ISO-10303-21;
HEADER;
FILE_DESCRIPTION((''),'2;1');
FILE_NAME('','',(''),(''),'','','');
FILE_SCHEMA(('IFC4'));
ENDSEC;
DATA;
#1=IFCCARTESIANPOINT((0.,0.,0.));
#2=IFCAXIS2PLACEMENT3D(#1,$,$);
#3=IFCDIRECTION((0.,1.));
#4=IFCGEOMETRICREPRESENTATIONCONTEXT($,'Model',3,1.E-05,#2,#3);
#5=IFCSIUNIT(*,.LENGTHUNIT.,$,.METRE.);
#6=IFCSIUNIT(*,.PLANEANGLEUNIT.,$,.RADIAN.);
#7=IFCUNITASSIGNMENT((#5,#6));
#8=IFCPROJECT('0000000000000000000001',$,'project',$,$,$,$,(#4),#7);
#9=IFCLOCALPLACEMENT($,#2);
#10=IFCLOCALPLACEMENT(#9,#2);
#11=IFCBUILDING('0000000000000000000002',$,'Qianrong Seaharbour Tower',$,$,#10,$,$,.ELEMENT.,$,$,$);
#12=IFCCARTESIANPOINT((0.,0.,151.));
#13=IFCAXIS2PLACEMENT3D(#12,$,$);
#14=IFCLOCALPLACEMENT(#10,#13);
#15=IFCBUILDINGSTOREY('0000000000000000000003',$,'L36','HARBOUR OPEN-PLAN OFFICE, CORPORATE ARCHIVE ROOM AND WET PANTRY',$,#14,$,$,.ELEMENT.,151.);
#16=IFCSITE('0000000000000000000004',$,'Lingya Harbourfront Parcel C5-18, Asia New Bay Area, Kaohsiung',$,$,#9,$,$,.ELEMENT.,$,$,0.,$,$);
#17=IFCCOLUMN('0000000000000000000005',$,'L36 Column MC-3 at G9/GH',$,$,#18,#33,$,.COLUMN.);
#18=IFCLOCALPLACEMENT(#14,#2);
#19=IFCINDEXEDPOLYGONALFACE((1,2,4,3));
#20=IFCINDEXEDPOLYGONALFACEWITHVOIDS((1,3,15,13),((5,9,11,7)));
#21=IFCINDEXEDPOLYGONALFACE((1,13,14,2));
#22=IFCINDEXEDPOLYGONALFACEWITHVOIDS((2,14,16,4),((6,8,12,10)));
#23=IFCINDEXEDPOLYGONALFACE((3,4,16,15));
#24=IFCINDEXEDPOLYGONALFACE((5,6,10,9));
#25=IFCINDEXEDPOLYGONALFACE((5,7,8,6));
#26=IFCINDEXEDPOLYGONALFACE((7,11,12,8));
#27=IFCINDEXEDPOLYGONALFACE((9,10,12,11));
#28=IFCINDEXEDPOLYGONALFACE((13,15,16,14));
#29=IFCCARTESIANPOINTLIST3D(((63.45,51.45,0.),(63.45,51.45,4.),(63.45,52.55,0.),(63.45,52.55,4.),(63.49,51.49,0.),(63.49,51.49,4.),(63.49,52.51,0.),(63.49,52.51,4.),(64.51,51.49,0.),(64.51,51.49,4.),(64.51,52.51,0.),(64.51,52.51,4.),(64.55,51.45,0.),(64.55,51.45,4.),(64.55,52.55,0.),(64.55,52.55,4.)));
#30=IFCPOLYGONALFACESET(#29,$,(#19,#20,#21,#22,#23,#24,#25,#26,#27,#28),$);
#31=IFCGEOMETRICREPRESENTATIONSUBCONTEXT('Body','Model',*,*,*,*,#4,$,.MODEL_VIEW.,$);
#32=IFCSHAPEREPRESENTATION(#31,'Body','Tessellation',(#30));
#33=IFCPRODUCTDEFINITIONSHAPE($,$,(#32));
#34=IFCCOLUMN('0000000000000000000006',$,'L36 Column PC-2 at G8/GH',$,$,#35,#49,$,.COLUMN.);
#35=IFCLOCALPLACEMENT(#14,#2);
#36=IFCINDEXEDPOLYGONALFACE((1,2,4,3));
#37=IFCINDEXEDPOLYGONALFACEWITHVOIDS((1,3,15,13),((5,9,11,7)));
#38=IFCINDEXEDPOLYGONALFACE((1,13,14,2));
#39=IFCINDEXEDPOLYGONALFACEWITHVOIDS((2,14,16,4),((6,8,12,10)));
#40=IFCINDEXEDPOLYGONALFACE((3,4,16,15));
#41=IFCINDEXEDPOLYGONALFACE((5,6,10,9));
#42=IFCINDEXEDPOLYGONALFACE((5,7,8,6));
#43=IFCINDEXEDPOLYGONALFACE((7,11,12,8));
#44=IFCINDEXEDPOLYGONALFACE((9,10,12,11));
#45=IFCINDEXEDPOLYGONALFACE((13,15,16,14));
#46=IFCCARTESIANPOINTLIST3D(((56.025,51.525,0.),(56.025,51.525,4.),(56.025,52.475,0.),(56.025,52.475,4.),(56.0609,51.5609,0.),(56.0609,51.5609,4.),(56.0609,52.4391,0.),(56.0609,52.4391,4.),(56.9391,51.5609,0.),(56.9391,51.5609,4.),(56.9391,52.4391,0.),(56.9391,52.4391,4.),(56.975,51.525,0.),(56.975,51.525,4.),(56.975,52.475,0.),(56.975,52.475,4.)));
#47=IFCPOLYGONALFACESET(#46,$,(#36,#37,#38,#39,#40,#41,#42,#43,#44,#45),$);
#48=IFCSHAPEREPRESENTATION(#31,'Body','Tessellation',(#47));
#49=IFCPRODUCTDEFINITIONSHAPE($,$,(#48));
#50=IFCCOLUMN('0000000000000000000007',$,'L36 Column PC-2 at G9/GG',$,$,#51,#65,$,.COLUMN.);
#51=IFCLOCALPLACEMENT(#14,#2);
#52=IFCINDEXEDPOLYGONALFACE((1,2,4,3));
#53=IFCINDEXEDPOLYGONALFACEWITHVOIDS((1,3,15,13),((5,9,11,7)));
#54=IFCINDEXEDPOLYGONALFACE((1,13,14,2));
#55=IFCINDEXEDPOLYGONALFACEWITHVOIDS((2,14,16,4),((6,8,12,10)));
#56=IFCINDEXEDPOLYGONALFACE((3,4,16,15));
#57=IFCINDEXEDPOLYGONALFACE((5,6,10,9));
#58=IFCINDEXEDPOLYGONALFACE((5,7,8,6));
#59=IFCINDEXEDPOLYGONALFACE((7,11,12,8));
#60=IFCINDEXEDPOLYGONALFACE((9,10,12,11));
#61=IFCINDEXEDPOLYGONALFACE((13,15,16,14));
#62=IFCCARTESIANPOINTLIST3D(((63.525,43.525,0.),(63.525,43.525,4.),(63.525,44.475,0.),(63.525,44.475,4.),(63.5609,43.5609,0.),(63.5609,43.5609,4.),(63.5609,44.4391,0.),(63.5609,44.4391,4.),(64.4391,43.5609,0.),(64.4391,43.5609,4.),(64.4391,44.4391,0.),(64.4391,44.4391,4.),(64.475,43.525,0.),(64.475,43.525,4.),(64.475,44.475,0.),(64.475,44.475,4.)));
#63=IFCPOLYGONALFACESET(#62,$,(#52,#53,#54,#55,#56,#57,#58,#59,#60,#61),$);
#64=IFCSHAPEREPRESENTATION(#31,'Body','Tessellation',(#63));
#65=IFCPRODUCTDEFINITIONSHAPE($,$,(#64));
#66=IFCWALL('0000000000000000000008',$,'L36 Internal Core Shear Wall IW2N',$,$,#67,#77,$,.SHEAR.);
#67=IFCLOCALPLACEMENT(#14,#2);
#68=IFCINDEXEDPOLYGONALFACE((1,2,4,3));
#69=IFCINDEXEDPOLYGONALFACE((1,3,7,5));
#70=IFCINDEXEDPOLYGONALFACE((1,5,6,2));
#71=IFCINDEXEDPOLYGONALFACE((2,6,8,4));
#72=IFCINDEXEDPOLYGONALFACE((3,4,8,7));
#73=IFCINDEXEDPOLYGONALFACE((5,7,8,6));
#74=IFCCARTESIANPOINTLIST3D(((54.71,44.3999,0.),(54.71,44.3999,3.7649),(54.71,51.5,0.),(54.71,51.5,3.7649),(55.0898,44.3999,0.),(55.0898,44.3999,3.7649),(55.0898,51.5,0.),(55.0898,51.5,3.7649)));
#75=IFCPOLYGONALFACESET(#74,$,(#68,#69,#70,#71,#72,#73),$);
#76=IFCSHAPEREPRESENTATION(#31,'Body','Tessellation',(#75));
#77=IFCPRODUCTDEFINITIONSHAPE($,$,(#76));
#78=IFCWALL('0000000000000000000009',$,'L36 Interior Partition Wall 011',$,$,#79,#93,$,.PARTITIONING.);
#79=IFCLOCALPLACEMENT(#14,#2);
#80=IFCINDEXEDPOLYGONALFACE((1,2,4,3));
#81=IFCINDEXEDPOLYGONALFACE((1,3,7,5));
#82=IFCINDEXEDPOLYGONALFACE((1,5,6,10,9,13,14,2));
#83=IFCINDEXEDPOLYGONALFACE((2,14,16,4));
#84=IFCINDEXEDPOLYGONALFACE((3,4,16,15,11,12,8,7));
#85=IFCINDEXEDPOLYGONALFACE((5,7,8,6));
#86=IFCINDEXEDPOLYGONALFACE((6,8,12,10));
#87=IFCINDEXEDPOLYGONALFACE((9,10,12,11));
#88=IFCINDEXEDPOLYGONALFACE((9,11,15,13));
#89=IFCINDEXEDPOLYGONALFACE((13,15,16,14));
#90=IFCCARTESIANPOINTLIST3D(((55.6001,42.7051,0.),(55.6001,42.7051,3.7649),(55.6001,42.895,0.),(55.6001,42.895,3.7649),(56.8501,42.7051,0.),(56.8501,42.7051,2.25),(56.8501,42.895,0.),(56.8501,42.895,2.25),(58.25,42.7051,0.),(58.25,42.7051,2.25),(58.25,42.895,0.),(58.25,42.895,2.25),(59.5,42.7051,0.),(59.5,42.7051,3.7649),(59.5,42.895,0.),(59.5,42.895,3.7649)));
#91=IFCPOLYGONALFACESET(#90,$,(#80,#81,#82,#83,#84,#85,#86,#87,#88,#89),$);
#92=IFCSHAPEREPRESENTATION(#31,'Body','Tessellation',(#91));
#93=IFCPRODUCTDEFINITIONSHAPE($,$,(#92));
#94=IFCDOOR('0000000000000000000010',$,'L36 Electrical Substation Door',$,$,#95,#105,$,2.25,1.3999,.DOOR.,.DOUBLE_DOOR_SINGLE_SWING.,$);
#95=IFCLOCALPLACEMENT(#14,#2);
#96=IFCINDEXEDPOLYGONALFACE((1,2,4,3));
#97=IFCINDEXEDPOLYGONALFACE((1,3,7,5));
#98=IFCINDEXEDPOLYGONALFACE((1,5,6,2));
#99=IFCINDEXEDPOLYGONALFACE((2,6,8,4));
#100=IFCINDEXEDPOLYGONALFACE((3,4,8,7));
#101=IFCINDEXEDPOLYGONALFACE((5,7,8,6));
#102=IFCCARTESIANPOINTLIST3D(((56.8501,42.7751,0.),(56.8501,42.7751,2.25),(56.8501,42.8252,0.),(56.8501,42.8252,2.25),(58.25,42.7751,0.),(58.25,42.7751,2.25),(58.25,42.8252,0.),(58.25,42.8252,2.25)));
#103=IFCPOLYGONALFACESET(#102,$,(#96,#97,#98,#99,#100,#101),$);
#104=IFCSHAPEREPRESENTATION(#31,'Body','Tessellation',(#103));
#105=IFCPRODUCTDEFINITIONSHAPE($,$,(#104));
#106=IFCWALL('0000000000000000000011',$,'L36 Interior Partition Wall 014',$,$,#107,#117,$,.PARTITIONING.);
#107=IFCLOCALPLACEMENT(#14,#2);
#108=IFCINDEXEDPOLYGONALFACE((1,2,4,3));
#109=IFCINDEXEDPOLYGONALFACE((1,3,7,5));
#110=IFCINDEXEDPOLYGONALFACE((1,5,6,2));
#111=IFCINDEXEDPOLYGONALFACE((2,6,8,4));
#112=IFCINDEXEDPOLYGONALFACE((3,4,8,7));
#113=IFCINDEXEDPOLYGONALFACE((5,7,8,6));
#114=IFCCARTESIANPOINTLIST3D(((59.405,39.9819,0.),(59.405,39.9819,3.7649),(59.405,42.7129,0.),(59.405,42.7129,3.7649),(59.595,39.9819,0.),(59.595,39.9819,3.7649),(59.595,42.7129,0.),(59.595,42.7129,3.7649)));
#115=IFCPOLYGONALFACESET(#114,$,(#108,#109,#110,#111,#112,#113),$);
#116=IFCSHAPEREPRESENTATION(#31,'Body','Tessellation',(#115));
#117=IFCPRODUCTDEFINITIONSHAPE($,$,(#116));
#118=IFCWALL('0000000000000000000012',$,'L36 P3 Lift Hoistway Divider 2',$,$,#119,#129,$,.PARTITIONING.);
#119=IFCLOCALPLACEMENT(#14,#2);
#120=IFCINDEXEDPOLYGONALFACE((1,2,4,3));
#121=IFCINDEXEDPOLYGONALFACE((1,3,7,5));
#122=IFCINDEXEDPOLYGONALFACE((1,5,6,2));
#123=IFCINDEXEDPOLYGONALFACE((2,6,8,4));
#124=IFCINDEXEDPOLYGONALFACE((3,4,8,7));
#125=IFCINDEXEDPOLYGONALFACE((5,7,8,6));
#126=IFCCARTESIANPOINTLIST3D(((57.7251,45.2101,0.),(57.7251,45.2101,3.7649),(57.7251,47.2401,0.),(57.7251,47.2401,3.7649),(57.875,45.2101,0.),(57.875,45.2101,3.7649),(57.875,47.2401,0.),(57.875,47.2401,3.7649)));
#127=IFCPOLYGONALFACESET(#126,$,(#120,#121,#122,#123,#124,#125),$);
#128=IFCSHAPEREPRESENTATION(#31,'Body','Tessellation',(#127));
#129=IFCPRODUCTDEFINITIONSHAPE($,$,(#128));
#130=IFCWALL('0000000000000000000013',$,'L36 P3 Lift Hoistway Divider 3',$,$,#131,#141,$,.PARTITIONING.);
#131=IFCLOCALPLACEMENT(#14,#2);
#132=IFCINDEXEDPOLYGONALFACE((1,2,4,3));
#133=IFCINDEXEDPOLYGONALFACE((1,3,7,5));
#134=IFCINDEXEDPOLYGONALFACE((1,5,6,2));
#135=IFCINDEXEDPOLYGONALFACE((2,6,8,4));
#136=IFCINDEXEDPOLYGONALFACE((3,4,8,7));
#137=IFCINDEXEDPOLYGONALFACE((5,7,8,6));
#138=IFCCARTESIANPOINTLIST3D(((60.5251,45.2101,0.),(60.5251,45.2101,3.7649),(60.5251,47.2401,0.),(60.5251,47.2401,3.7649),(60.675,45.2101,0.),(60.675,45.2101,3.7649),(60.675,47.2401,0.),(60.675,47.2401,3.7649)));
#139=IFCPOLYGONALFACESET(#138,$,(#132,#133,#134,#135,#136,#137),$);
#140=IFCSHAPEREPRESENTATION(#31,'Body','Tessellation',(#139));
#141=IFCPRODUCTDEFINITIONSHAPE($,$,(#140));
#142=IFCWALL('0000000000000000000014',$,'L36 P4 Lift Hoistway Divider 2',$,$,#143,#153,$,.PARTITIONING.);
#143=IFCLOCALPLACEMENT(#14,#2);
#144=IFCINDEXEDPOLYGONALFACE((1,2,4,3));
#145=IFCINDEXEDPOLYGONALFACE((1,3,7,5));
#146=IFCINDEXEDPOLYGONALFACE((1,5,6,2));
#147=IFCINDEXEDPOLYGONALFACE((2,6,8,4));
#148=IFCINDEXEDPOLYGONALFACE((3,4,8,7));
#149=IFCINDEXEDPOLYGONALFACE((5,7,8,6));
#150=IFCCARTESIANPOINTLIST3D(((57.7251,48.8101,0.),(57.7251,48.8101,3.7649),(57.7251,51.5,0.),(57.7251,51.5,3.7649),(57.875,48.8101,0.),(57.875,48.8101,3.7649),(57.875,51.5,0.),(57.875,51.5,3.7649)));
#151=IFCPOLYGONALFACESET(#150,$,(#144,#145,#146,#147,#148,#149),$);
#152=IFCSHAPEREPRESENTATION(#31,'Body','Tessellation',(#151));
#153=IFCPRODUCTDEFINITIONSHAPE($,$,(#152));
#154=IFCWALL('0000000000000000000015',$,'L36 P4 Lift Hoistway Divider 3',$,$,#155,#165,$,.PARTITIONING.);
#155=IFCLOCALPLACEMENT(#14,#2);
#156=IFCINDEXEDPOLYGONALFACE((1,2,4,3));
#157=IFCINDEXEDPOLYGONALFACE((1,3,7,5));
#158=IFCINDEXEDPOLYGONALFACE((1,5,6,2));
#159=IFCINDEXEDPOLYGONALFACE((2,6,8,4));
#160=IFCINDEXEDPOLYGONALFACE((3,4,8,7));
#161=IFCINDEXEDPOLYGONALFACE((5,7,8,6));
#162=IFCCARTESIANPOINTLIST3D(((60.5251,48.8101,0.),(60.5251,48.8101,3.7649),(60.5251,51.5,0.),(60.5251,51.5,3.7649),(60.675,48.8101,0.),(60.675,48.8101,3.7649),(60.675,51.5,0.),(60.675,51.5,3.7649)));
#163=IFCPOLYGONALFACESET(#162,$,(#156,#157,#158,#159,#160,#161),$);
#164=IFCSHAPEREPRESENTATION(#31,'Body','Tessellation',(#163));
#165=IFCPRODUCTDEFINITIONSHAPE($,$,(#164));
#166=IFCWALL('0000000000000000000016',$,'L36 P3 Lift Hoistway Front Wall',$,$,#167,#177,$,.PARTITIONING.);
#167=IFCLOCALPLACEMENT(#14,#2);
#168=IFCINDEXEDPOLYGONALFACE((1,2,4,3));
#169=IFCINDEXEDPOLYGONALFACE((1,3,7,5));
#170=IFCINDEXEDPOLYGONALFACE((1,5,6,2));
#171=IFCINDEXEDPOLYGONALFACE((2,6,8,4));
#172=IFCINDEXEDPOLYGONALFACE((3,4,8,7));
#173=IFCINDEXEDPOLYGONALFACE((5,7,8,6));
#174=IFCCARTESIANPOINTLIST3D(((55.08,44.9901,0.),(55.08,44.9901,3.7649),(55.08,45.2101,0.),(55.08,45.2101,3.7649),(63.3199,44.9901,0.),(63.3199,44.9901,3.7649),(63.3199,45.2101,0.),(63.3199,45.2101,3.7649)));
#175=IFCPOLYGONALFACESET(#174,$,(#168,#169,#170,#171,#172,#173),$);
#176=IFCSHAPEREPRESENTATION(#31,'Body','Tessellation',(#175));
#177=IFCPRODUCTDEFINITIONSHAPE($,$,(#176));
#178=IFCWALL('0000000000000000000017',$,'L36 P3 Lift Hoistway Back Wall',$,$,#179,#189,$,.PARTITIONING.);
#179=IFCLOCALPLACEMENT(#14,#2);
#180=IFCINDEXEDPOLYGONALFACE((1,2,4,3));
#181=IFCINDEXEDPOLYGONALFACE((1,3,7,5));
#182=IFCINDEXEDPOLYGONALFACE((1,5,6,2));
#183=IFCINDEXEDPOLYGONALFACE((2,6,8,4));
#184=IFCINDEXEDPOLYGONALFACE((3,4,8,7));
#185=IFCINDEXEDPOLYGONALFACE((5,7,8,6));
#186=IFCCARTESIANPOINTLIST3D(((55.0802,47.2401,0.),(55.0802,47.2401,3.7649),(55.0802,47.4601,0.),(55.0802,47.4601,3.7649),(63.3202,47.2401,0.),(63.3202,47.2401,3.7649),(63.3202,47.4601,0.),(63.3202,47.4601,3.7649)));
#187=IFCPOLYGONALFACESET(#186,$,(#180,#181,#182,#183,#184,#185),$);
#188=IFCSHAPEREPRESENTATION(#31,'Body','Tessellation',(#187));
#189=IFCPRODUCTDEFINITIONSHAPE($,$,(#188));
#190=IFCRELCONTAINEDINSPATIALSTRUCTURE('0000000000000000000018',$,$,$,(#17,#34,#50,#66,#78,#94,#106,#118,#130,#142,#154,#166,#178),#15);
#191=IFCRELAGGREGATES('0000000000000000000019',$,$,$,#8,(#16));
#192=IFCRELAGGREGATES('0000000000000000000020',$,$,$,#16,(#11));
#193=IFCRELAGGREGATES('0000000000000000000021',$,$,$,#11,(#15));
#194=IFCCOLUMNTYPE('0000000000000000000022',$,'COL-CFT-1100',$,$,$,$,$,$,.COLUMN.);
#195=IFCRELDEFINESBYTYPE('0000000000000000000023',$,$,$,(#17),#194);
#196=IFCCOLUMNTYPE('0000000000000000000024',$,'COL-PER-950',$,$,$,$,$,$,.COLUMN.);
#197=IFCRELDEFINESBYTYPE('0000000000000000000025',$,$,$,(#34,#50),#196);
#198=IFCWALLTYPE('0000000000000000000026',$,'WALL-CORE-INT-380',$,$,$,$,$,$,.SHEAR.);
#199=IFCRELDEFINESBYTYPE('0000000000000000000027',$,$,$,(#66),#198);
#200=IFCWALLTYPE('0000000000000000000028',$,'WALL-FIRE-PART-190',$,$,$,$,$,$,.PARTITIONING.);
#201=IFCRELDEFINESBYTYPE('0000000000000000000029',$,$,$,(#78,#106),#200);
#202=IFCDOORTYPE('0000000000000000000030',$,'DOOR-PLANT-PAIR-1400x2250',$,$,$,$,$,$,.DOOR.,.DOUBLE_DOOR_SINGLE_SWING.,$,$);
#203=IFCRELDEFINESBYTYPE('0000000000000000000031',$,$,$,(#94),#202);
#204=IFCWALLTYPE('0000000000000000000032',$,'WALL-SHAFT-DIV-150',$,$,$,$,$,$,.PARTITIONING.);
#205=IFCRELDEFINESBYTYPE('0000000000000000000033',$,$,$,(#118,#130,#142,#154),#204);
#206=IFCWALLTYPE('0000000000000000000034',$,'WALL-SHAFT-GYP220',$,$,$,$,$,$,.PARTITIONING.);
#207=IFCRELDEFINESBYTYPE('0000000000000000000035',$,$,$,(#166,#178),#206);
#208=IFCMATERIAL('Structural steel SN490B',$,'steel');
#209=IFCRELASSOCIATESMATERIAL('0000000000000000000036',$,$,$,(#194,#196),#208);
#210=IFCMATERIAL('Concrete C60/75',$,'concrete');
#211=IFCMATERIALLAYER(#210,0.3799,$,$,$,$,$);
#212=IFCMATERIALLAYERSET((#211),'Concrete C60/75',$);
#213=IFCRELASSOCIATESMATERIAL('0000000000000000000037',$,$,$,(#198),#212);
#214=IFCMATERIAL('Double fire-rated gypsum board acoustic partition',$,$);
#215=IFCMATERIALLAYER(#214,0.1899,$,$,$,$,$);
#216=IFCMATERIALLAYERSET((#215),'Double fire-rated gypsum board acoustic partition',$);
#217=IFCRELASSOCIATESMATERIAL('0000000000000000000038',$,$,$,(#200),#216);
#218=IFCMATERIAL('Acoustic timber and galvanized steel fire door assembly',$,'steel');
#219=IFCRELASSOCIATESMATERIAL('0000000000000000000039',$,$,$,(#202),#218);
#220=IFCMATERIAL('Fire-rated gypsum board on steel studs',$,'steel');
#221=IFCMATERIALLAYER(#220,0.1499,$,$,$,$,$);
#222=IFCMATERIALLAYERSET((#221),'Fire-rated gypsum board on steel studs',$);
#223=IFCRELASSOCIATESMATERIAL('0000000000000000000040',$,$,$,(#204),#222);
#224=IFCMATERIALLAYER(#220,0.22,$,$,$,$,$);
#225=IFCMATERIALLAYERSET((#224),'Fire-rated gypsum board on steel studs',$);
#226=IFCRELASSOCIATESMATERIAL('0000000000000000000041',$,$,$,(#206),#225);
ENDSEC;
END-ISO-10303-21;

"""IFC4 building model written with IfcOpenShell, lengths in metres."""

from ifc_helpers import new_model, si_unit, direction, frame, frame_2d, origin, origin_2d, place, context, subcontext, project, spatial, rectangle, hollow_rectangle, extrude, material, layer, layer_set, material_profile, profile_set, type_object, element, fill, save


model = new_model("IFC4")

# Units and contexts
model_context = context("Model", 3, precision=1e-05, world=origin(), true_north=direction((0.0, 1.0)))
body_context = subcontext(model_context, "Body", "Model", "MODEL_VIEW")
ifc_project = project(units=[si_unit("LENGTHUNIT", "METRE"), si_unit("PLANEANGLEUNIT", "RADIAN")], contexts=[model_context])

# Site, building, storey
site_placement = place(None, origin())
site = spatial("IfcSite", under=ifc_project, at=site_placement, Name="Lingya Harbourfront Parcel C5-18, Asia New Bay Area, Kaohsiung", CompositionType="ELEMENT", RefElevation=0.0)
building_placement = place(site_placement, origin())
building = spatial("IfcBuilding", under=site, at=building_placement, Name="Qianrong Seaharbour Tower", CompositionType="ELEMENT")
storey_placement = place(building_placement, frame((0.0, 0.0, 151.0)))
storey = spatial("IfcBuildingStorey", under=building, at=storey_placement, Name="L36", Description="HARBOUR OPEN-PLAN OFFICE, CORPORATE ARCHIVE ROOM AND WET PANTRY", CompositionType="ELEMENT", Elevation=151.0)

# Columns
ifc_material_1 = material(Name="Structural steel SN490B", Category="steel")
ifc_material_profile_1 = material_profile(ifc_material_1, hollow_rectangle(XDim=1.1001, YDim=1.1001, WallThickness=0.04, at=origin_2d()), Name="BOX1100x1100x40")
ifc_profile_set_1 = profile_set([ifc_material_profile_1], Name="Structural steel SN490B")
column_type_1 = type_object("IfcColumnType", Name="COL-CFT-1100", PredefinedType="COLUMN", material=ifc_profile_set_1)
column_placement = place(storey_placement, frame((64.0, 52.0, 0.0), z_axis=(0.0, 0.0, 1.0), x_axis=(1.0, 0.0, 0.0)))
element("IfcColumn", 1, at=column_placement, inside=storey, type_object=column_type_1, Name="L36 Column MC-3 at G9/GH", PredefinedType="COLUMN", context=body_context, shape_type="SweptSolid", body=[
    extrude(hollow_rectangle(XDim=1.1001, YDim=1.1001, WallThickness=0.04, at=origin_2d()), origin(), (0.0, 0.0, 1.0), 4.0),
])
ifc_material_profile_2 = material_profile(ifc_material_1, hollow_rectangle(XDim=0.95, YDim=0.95, WallThickness=0.0359, at=origin_2d()), Name="BOX950x950x36")
ifc_profile_set_2 = profile_set([ifc_material_profile_2], Name="Structural steel SN490B")
column_type_2 = type_object("IfcColumnType", Name="COL-PER-950", PredefinedType="COLUMN", material=ifc_profile_set_2)
for number, where, z_axis, x_axis, name in (
    (2, (56.5, 52.0, 0.0), (0.0, 0.0, 1.0), (1.0, 0.0, 0.0), "L36 Column PC-2 at G8/GH"),
    (3, (64.0, 44.0, 0.0), (0.0, 0.0, 1.0), (1.0, 0.0, 0.0), "L36 Column PC-2 at G9/GG"),
):
    element("IfcColumn", number, at=place(storey_placement, frame(where, z_axis=z_axis, x_axis=x_axis)), inside=storey, type_object=column_type_2, Name=name, PredefinedType="COLUMN", context=body_context, shape_type="SweptSolid", body=[
        extrude(hollow_rectangle(XDim=0.95, YDim=0.95, WallThickness=0.0359, at=origin_2d()), origin(), (0.0, 0.0, 1.0), 4.0),
    ])

# Wall
ifc_material_2 = material(Name="Concrete C60/75", Category="concrete")
ifc_layer_1 = layer(ifc_material_2, 0.3799)
ifc_layer_set_1 = layer_set([ifc_layer_1], Name="Concrete C60/75")
wall_type_1 = type_object("IfcWallType", Name="WALL-CORE-INT-380", PredefinedType="SHEAR", material=ifc_layer_set_1)
wall_1_placement = place(storey_placement, frame((54.8999, 44.3999, 0.0), z_axis=(0.0, 0.0, 1.0), x_axis=(0.0, 1.0, 0.0)))
element("IfcWall", 4, at=wall_1_placement, inside=storey, type_object=wall_type_1, Name="L36 Internal Core Shear Wall IW2N", PredefinedType="SHEAR", context=body_context, shape_type="SweptSolid", body=[
    extrude(rectangle(XDim=7.1001, YDim=0.3799, at=frame_2d((3.55, 0.0))), origin(), (0.0, 0.0, 1.0), 3.7649),
])

# Wall, opening, door
ifc_material_3 = material(Name="Acoustic timber and galvanized steel fire door assembly", Category="steel")
ifc_material_4 = material(Name="Double fire-rated gypsum board acoustic partition")
ifc_layer_2 = layer(ifc_material_4, 0.1899)
ifc_layer_set_2 = layer_set([ifc_layer_2], Name="Double fire-rated gypsum board acoustic partition")
wall_type_2 = type_object("IfcWallType", Name="WALL-FIRE-PART-190", PredefinedType="PARTITIONING", material=ifc_layer_set_2)
wall_2_placement = place(storey_placement, frame((59.5, 42.8, 0.0), z_axis=(0.0, 0.0, 1.0), x_axis=(-1.0, 0.0, 0.0)))
wall_2 = element("IfcWall", 5, at=wall_2_placement, inside=storey, type_object=wall_type_2, Name="L36 Interior Partition Wall 011", PredefinedType="PARTITIONING", context=body_context, shape_type="SweptSolid", body=[
    extrude(rectangle(XDim=3.8999, YDim=0.1899, at=frame_2d((1.95, 0.0))), origin(), (0.0, 0.0, 1.0), 3.7649),
])
opening_1_placement = place(wall_2_placement, frame((1.25, 0.0, 0.0)))
opening_1 = element("IfcOpeningElement", 6, at=opening_1_placement, cuts=wall_2, PredefinedType="OPENING", context=body_context, shape_type="SweptSolid", body=[
    extrude(rectangle(XDim=1.3999, YDim=2.25, at=frame_2d((0.7, 1.125))), frame((0.0, 0.105, 0.0), z_axis=(0.0, -1.0, 0.0), x_axis=(1.0, 0.0, 0.0)), (0.0, 0.0, 1.0), 0.21),
])
door_type_1 = type_object("IfcDoorType", Name="DOOR-PLANT-PAIR-1400x2250", OperationType="DOUBLE_DOOR_SINGLE_SWING", PredefinedType="DOOR", material=ifc_material_3)
door_1_placement = place(opening_1_placement, origin())
door_1 = element("IfcDoor", 7, at=door_1_placement, inside=storey, type_object=door_type_1, Name="L36 Electrical Substation Door", OperationType="DOUBLE_DOOR_SINGLE_SWING", OverallHeight=2.25, OverallWidth=1.3999, PredefinedType="DOOR", context=body_context, shape_type="SweptSolid", body=[
    extrude(rectangle(XDim=1.3999, YDim=2.25, at=frame_2d((0.7, 1.125))), frame((0.0, 0.0249, 0.0), z_axis=(0.0, -1.0, 0.0), x_axis=(1.0, 0.0, 0.0)), (0.0, 0.0, 1.0), 0.05),
])
fill(opening_1, door_1)

# Walls
wall_3_placement = place(storey_placement, frame((59.5, 42.7129, 0.0), z_axis=(0.0, 0.0, 1.0), x_axis=(0.0, -1.0, 0.0)))
element("IfcWall", 8, at=wall_3_placement, inside=storey, type_object=wall_type_2, Name="L36 Interior Partition Wall 014", PredefinedType="PARTITIONING", context=body_context, shape_type="SweptSolid", body=[
    extrude(rectangle(XDim=2.731, YDim=0.1899, at=frame_2d((1.3655, 0.0))), origin(), (0.0, 0.0, 1.0), 3.7649),
])
ifc_material_5 = material(Name="Fire-rated gypsum board on steel studs", Category="steel")
ifc_layer_3 = layer(ifc_material_5, 0.1499)
ifc_layer_set_3 = layer_set([ifc_layer_3], Name="Fire-rated gypsum board on steel studs")
wall_type_3 = type_object("IfcWallType", Name="WALL-SHAFT-DIV-150", PredefinedType="PARTITIONING", material=ifc_layer_set_3)
for number, where, z_axis, x_axis, name in (
    (9, (57.8, 45.21, 0.0), (0.0, 0.0, 1.0), (0.0, 1.0, 0.0), "L36 P3 Lift Hoistway Divider 2"),
    (10, (60.6001, 45.21, 0.0), (0.0, 0.0, 1.0), (0.0, 1.0, 0.0), "L36 P3 Lift Hoistway Divider 3"),
):
    element("IfcWall", number, at=place(storey_placement, frame(where, z_axis=z_axis, x_axis=x_axis)), inside=storey, type_object=wall_type_3, Name=name, PredefinedType="PARTITIONING", context=body_context, shape_type="SweptSolid", body=[
        extrude(rectangle(XDim=2.03, YDim=0.1499, at=frame_2d((1.0151, 0.0))), origin(), (0.0, 0.0, 1.0), 3.7649),
    ])
for number, where, z_axis, x_axis, name in (
    (11, (57.8, 48.8101, 0.0), (0.0, 0.0, 1.0), (0.0, 1.0, 0.0), "L36 P4 Lift Hoistway Divider 2"),
    (12, (60.6001, 48.8101, 0.0), (0.0, 0.0, 1.0), (0.0, 1.0, 0.0), "L36 P4 Lift Hoistway Divider 3"),
):
    element("IfcWall", number, at=place(storey_placement, frame(where, z_axis=z_axis, x_axis=x_axis)), inside=storey, type_object=wall_type_3, Name=name, PredefinedType="PARTITIONING", context=body_context, shape_type="SweptSolid", body=[
        extrude(rectangle(XDim=2.6899, YDim=0.1499, at=frame_2d((1.345, 0.0))), origin(), (0.0, 0.0, 1.0), 3.7649),
    ])
ifc_layer_4 = layer(ifc_material_5, 0.22)
ifc_layer_set_4 = layer_set([ifc_layer_4], Name="Fire-rated gypsum board on steel studs")
wall_type_4 = type_object("IfcWallType", Name="WALL-SHAFT-GYP220", PredefinedType="PARTITIONING", material=ifc_layer_set_4)
for number, where, z_axis, x_axis, name in (
    (13, (63.3201, 45.1001, 0.0), (0.0, 0.0, 1.0), (-1.0, 0.0, 0.0), "L36 P3 Lift Hoistway Front Wall"),
    (14, (55.0801, 47.3501, 0.0), (0.0, 0.0, 1.0), (1.0, 0.0, 0.0), "L36 P3 Lift Hoistway Back Wall"),
):
    element("IfcWall", number, at=place(storey_placement, frame(where, z_axis=z_axis, x_axis=x_axis)), inside=storey, type_object=wall_type_4, Name=name, PredefinedType="PARTITIONING", context=body_context, shape_type="SweptSolid", body=[
        extrude(rectangle(XDim=8.24, YDim=0.22, at=frame_2d((4.1201, 0.0))), origin(), (0.0, 0.0, 1.0), 3.7649),
    ])

save(model, "model.ifc")
